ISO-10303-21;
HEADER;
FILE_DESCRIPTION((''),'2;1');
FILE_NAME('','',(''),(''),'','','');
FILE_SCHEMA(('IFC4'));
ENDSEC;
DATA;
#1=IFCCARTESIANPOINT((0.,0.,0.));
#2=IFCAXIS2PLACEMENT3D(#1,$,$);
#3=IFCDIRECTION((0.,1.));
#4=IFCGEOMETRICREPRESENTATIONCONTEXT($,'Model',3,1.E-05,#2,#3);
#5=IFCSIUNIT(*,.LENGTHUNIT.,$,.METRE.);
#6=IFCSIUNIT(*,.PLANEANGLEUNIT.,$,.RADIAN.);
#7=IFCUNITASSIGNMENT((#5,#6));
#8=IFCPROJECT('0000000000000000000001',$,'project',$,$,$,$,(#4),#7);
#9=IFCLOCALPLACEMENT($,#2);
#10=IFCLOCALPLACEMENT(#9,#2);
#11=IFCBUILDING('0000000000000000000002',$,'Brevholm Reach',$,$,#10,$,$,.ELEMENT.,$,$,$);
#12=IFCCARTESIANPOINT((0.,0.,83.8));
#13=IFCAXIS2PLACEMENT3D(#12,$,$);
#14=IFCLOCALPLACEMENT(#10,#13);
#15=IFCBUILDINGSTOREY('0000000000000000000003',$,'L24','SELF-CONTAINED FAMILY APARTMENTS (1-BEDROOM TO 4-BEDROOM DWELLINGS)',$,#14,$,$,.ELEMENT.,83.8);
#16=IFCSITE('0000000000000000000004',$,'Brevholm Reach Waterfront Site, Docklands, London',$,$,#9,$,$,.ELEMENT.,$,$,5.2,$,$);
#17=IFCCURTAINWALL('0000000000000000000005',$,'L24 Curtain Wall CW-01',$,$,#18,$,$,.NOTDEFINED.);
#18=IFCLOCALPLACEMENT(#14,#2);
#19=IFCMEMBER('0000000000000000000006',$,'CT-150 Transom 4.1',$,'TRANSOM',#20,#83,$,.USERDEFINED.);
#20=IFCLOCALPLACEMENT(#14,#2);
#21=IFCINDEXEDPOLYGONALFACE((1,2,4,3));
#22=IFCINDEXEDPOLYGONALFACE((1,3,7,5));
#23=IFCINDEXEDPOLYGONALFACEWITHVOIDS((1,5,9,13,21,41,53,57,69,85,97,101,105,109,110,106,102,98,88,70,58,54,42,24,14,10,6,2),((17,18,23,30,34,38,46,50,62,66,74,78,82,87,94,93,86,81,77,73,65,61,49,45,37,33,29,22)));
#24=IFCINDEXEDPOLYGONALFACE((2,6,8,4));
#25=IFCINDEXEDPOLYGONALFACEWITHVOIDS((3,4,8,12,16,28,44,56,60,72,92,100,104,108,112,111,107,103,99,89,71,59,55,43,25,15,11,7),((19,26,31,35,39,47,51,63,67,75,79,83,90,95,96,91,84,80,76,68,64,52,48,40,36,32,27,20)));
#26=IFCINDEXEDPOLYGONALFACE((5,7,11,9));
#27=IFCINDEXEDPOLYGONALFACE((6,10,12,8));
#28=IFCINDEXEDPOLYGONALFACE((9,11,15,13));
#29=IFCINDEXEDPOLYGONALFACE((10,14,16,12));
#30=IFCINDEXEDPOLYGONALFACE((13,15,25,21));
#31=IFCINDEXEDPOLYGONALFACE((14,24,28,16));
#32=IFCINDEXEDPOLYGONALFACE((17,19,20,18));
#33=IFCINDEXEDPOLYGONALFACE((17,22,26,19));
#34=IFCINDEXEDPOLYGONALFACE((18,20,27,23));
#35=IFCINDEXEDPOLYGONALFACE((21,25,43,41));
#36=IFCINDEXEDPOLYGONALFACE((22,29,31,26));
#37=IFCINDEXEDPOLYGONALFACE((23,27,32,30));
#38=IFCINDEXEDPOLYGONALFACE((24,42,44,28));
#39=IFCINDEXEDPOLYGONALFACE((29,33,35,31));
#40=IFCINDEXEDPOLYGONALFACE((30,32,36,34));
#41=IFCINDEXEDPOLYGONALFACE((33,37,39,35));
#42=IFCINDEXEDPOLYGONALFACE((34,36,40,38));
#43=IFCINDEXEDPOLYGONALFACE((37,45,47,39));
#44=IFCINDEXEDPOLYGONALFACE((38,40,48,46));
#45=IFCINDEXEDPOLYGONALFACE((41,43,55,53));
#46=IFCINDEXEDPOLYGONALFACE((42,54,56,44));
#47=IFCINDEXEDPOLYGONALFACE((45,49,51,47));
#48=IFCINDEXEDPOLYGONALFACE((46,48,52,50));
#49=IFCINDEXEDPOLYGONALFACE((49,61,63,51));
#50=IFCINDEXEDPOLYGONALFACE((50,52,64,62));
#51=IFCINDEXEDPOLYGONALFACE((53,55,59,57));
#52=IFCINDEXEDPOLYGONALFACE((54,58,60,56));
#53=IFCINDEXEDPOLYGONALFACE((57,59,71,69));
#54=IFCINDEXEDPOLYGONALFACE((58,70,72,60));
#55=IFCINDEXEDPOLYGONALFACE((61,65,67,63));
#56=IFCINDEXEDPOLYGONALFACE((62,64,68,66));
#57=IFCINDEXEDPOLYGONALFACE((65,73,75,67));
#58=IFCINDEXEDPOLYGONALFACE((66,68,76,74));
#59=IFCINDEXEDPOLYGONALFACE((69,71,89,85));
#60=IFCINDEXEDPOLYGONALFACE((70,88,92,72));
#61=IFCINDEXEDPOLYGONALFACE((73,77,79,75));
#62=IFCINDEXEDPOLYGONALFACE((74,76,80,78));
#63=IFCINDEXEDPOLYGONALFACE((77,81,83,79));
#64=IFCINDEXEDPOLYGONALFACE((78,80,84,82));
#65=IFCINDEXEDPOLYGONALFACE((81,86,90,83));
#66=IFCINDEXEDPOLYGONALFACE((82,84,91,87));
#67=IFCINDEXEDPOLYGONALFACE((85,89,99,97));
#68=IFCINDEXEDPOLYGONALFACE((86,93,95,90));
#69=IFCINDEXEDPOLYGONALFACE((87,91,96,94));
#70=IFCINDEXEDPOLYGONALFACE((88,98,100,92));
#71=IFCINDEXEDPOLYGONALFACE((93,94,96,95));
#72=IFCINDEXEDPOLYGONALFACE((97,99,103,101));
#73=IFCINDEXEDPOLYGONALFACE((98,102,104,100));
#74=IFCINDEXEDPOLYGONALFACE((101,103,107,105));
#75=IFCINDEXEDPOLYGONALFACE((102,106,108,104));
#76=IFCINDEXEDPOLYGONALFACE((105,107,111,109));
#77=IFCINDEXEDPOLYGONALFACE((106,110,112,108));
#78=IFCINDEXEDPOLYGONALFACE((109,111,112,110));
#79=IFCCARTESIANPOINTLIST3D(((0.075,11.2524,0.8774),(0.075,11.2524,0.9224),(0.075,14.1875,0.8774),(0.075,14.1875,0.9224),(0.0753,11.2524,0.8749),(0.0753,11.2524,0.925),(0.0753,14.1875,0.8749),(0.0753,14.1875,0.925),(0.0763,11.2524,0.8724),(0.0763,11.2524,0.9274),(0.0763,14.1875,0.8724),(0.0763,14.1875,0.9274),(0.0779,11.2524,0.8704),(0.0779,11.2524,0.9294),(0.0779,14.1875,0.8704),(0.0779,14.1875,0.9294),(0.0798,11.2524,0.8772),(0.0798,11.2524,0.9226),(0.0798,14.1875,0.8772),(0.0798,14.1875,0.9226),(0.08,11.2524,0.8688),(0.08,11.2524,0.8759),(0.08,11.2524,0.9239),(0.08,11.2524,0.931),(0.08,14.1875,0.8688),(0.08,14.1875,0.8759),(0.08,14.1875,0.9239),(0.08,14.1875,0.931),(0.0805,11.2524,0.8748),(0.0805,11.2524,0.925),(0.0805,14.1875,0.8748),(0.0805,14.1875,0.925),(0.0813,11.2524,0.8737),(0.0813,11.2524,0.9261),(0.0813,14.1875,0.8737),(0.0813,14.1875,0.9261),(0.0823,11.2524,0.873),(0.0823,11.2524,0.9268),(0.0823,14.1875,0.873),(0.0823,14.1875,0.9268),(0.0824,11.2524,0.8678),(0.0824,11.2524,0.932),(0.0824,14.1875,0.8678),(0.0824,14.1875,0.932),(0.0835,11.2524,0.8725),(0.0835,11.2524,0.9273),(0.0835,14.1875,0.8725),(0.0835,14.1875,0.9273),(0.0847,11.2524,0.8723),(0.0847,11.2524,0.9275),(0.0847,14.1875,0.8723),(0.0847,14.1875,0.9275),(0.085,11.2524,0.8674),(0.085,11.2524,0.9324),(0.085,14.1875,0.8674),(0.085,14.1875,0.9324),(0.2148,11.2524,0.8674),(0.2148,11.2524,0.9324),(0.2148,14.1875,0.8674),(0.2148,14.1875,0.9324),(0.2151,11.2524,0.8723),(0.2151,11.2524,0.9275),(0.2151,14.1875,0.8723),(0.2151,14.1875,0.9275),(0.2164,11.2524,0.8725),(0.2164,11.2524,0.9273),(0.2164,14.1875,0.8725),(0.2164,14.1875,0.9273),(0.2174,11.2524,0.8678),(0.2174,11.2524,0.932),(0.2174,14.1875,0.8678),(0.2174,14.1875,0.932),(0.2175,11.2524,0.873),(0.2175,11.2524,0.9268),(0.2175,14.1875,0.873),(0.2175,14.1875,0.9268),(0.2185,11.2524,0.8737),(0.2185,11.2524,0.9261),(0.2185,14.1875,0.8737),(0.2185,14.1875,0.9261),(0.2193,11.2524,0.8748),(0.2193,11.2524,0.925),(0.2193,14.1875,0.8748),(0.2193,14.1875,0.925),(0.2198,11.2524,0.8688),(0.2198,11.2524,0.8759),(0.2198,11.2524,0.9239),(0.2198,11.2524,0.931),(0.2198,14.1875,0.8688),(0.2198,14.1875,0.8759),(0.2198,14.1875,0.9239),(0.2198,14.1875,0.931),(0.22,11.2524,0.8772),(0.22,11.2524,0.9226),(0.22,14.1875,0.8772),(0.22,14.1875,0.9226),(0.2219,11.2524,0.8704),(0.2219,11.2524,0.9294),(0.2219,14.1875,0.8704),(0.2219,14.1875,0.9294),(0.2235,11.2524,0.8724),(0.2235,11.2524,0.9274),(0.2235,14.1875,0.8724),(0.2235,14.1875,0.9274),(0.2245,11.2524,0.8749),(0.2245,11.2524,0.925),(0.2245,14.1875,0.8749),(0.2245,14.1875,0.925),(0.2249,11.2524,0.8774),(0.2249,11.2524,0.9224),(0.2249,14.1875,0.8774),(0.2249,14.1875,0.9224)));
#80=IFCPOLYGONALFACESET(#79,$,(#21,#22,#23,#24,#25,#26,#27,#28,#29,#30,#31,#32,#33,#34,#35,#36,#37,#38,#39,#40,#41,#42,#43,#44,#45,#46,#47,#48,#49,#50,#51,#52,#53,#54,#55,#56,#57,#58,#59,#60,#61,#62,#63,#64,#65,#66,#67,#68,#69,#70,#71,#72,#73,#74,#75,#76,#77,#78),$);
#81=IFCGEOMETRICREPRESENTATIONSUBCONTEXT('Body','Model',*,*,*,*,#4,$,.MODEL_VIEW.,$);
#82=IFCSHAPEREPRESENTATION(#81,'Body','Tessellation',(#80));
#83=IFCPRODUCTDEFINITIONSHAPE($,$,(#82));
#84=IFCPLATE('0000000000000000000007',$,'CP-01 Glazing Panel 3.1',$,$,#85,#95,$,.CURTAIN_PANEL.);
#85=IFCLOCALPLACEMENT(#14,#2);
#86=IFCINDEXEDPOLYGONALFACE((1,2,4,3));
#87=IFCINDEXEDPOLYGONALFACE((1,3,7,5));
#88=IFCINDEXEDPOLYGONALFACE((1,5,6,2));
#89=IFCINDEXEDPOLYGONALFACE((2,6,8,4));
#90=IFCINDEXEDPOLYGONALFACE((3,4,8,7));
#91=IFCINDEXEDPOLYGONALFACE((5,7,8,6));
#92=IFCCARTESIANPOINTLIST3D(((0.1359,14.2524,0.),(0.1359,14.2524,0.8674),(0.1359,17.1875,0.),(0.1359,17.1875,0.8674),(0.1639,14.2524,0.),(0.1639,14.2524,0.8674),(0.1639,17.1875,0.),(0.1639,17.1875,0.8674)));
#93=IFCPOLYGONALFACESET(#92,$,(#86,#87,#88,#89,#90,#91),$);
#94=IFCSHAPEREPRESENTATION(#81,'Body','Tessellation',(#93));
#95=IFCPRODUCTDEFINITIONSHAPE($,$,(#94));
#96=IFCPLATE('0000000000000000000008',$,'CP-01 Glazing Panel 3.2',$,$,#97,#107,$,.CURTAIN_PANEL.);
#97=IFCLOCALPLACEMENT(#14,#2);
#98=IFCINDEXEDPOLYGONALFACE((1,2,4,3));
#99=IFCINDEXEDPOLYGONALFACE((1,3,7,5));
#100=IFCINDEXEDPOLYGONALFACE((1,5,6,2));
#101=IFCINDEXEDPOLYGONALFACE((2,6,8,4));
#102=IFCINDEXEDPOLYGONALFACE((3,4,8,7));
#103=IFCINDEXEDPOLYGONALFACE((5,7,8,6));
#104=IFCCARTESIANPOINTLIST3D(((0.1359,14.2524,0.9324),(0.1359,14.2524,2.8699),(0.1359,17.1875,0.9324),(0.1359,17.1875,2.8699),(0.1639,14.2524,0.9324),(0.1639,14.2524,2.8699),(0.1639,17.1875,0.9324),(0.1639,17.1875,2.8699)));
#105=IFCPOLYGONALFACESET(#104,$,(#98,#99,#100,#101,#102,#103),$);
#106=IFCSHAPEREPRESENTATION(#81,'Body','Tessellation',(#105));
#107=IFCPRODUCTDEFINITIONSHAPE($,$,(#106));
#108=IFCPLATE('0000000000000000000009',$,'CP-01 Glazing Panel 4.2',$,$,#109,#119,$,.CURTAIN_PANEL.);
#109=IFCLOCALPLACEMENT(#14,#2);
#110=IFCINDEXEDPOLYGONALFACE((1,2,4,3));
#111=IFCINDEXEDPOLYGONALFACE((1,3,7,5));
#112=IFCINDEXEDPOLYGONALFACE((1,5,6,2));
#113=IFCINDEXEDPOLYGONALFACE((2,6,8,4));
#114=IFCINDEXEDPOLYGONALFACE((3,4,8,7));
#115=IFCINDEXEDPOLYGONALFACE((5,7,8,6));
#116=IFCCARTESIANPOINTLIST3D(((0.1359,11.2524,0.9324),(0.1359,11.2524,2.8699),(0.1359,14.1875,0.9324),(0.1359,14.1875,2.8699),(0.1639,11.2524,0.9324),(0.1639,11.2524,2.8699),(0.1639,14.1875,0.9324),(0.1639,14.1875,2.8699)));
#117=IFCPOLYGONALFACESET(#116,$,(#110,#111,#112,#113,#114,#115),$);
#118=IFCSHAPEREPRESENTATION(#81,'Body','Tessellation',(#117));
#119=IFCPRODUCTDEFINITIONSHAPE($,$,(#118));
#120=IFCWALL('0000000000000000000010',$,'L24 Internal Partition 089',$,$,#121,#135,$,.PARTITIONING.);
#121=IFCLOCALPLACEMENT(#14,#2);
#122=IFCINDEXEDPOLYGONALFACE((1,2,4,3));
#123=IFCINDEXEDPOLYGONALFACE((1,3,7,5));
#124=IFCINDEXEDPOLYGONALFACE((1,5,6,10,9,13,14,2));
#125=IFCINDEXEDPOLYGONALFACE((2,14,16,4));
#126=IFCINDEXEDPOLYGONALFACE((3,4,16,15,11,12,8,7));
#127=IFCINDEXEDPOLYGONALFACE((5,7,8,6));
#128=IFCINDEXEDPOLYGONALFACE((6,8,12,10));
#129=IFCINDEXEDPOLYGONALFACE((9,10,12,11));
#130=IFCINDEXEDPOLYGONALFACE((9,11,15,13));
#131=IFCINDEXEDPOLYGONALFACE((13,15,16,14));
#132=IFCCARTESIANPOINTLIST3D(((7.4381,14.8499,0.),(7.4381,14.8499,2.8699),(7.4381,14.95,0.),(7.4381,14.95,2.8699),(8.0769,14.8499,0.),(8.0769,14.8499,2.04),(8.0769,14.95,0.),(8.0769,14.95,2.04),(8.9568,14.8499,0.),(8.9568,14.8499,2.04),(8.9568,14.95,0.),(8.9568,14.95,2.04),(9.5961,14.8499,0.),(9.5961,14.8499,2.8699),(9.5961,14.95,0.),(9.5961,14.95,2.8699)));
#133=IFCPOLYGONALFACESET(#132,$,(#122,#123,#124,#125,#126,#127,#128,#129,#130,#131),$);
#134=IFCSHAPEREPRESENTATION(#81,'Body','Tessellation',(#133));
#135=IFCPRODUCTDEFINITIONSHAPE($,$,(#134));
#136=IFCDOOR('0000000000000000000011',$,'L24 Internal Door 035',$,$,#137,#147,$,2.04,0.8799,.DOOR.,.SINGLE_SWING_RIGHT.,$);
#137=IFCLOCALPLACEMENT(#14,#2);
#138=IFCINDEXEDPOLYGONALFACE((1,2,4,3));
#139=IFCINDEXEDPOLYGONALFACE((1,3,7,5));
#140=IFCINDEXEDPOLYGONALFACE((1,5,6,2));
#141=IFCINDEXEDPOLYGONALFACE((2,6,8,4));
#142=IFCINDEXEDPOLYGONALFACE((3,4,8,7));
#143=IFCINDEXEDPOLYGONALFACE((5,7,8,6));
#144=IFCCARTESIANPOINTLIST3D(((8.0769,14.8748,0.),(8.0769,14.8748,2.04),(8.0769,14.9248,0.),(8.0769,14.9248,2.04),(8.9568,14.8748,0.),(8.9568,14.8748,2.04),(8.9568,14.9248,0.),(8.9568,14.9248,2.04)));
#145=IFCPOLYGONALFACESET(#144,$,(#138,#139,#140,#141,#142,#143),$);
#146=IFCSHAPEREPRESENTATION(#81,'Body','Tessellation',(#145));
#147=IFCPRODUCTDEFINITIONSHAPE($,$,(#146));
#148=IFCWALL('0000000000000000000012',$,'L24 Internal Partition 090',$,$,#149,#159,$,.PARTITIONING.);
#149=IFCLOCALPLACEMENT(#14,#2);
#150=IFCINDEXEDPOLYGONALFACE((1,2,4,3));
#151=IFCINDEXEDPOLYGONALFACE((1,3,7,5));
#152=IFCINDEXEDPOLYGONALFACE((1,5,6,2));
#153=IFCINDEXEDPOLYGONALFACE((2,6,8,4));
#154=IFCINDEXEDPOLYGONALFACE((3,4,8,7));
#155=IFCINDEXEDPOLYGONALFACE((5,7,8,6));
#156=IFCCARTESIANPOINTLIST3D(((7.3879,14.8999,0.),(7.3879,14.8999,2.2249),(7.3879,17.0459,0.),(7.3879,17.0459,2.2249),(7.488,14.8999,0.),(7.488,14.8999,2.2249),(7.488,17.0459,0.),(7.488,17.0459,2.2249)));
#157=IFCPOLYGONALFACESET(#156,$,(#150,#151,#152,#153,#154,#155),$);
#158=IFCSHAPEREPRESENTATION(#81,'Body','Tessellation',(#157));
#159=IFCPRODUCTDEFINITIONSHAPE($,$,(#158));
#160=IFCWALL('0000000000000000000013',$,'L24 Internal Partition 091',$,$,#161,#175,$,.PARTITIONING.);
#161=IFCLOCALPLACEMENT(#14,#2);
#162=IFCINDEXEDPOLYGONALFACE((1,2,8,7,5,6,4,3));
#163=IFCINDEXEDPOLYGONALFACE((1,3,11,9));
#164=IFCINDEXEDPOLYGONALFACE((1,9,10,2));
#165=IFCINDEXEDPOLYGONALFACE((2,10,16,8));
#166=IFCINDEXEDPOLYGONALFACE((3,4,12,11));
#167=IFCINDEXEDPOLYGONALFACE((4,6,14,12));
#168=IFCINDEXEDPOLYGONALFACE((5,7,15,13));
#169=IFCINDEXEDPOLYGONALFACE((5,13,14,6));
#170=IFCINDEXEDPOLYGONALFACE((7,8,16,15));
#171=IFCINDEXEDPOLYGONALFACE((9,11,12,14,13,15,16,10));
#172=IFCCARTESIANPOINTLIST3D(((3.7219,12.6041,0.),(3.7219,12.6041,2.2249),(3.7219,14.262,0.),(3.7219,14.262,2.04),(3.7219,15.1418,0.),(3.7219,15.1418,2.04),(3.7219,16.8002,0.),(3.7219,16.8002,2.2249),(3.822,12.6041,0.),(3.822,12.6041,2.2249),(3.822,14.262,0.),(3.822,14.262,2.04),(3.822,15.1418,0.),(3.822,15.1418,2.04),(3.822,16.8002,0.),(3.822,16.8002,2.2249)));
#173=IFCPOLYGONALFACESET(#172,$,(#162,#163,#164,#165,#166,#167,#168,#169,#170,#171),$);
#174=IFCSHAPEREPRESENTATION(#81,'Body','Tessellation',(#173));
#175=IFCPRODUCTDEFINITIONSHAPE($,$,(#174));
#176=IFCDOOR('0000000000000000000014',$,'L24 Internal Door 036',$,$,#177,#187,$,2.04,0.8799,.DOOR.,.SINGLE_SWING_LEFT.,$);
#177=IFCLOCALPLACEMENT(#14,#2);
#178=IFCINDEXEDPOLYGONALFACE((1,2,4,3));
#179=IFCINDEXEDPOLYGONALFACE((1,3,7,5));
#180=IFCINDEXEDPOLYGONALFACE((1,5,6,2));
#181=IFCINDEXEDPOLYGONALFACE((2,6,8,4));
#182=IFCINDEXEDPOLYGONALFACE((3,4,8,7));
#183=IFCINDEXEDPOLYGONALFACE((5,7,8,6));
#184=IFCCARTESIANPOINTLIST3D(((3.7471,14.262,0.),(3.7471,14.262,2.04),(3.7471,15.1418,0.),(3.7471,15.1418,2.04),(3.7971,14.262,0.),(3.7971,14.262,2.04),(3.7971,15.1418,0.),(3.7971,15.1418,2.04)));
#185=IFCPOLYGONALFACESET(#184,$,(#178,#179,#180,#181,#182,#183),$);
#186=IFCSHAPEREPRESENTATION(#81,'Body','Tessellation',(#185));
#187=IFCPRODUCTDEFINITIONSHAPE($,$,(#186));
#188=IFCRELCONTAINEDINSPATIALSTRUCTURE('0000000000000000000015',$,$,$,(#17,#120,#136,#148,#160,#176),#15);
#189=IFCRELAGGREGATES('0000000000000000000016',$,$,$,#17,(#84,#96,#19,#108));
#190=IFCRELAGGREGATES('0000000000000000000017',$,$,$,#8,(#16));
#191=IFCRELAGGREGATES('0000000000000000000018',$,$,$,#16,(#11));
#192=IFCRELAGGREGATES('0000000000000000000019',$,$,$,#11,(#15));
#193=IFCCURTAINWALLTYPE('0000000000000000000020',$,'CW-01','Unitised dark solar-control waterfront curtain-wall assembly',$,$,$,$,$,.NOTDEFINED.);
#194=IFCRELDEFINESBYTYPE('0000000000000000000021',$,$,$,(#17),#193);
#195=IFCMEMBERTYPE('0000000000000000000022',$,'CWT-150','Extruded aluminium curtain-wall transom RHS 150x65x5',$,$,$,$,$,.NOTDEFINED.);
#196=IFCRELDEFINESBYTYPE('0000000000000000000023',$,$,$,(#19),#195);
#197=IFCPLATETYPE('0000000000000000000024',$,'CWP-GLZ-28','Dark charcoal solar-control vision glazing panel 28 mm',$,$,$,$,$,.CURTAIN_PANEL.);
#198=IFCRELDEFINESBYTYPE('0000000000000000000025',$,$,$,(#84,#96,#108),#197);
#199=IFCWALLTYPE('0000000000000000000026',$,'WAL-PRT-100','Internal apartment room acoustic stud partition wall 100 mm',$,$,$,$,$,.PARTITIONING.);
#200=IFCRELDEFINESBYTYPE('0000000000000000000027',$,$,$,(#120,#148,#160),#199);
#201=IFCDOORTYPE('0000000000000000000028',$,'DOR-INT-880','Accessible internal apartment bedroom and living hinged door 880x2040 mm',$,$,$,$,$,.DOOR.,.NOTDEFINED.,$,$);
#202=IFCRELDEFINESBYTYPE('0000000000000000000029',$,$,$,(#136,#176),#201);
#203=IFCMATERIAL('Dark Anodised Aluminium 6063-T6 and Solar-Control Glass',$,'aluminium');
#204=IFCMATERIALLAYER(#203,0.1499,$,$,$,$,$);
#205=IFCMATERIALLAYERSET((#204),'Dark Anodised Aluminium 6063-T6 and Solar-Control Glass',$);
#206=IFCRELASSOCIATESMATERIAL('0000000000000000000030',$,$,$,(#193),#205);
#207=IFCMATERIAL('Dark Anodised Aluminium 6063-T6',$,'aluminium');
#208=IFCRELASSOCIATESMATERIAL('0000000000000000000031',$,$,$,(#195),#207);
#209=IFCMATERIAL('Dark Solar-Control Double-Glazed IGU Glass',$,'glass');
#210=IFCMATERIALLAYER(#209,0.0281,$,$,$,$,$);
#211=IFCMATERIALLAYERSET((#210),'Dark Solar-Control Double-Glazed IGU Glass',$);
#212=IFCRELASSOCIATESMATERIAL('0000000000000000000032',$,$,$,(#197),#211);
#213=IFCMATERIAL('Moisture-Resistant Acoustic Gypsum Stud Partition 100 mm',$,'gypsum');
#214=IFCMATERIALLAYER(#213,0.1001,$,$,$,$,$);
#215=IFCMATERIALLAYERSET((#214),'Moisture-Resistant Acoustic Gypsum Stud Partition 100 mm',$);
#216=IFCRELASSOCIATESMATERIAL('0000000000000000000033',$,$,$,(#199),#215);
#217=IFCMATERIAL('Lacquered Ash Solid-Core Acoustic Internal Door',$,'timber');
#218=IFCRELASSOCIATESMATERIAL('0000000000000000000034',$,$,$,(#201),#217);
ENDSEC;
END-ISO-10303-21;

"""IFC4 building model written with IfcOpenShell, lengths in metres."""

from ifc_helpers import new_model, si_unit, direction, frame, frame_2d, origin, origin_2d, place, context, subcontext, project, spatial, rectangle, hollow_rectangle, extrude, material, layer, layer_set, material_profile, profile_set, type_object, element, fill, aggregate, save


model = new_model("IFC4")

# Units and contexts
model_context = context("Model", 3, precision=1e-05, world=origin(), true_north=direction((0.0, 1.0)))
body_context = subcontext(model_context, "Body", "Model", "MODEL_VIEW")
ifc_project = project(units=[si_unit("LENGTHUNIT", "METRE"), si_unit("PLANEANGLEUNIT", "RADIAN")], contexts=[model_context])

# Site, building, storey
site_placement = place(None, origin())
site = spatial("IfcSite", under=ifc_project, at=site_placement, Name="Brevholm Reach Waterfront Site, Docklands, London", CompositionType="ELEMENT", RefElevation=5.2)
building_placement = place(site_placement, origin())
building = spatial("IfcBuilding", under=site, at=building_placement, Name="Brevholm Reach", CompositionType="ELEMENT")
storey_placement = place(building_placement, frame((0.0, 0.0, 83.8)))
storey = spatial("IfcBuildingStorey", under=building, at=storey_placement, Name="L24", Description="SELF-CONTAINED FAMILY APARTMENTS (1-BEDROOM TO 4-BEDROOM DWELLINGS)", CompositionType="ELEMENT", Elevation=83.8)

# Curtain wall, member, plates
ifc_material_1 = material(Name="Dark Anodised Aluminium 6063-T6 and Solar-Control Glass", Category="aluminium")
ifc_layer_1 = layer(ifc_material_1, 0.1499)
ifc_layer_set_1 = layer_set([ifc_layer_1], Name="Dark Anodised Aluminium 6063-T6 and Solar-Control Glass")
curtain_wall_type = type_object("IfcCurtainWallType", Name="CW-01", Description="Unitised dark solar-control waterfront curtain-wall assembly", PredefinedType="NOTDEFINED", material=ifc_layer_set_1)
curtain_wall_placement = place(storey_placement, origin())
curtain_wall = element("IfcCurtainWall", 1, at=curtain_wall_placement, inside=storey, type_object=curtain_wall_type, Name="L24 Curtain Wall CW-01", PredefinedType="NOTDEFINED")
ifc_material_2 = material(Name="Dark Anodised Aluminium 6063-T6", Category="aluminium")
ifc_material_profile_1 = material_profile(ifc_material_2, hollow_rectangle(XDim=0.0649, YDim=0.1499, WallThickness=0.0049, InnerFilletRadius=0.0049, OuterFilletRadius=0.01, at=origin_2d()), Name="RHS 150x65x5")
ifc_profile_set_1 = profile_set([ifc_material_profile_1], Name="Dark Anodised Aluminium 6063-T6")
member_type_1 = type_object("IfcMemberType", Name="CWT-150", Description="Extruded aluminium curtain-wall transom RHS 150x65x5", PredefinedType="NOTDEFINED", material=ifc_profile_set_1)
member_1_placement = place(storey_placement, frame((0.1499, 14.1875, 0.8999), z_axis=(0.0, -1.0, 0.0), x_axis=(0.0, 0.0, 1.0)))
member_1 = element("IfcMember", 2, at=member_1_placement, type_object=member_type_1, Name="CT-150 Transom 4.1", ObjectType="TRANSOM", PredefinedType="USERDEFINED", context=body_context, shape_type="SweptSolid", body=[
    extrude(hollow_rectangle(XDim=0.0649, YDim=0.1499, WallThickness=0.0049, InnerFilletRadius=0.0049, OuterFilletRadius=0.01, at=origin_2d()), origin(), (0.0, 0.0, 1.0), 2.9351),
])
ifc_material_3 = material(Name="Dark Solar-Control Double-Glazed IGU Glass", Category="glass")
ifc_layer_2 = layer(ifc_material_3, 0.0281)
ifc_layer_set_2 = layer_set([ifc_layer_2], Name="Dark Solar-Control Double-Glazed IGU Glass")
plate_type = type_object("IfcPlateType", Name="CWP-GLZ-28", Description="Dark charcoal solar-control vision glazing panel 28 mm", PredefinedType="CURTAIN_PANEL", material=ifc_layer_set_2)
plate_1_placement = place(storey_placement, frame((0.1499, 15.72, 0.0), z_axis=(0.0, 0.0, 1.0), x_axis=(0.0, -1.0, 0.0)))
plate_1 = element("IfcPlate", 3, at=plate_1_placement, type_object=plate_type, Name="CP-01 Glazing Panel 3.1", PredefinedType="CURTAIN_PANEL", context=body_context, shape_type="SweptSolid", body=[
    extrude(rectangle(XDim=2.9351, YDim=0.0281, at=origin_2d()), origin(), (0.0, 0.0, 1.0), 0.8674),
])
plate_2_placement = place(storey_placement, frame((0.1499, 15.72, 0.9324), z_axis=(0.0, 0.0, 1.0), x_axis=(0.0, -1.0, 0.0)))
plate_2 = element("IfcPlate", 4, at=plate_2_placement, type_object=plate_type, Name="CP-01 Glazing Panel 3.2", PredefinedType="CURTAIN_PANEL", context=body_context, shape_type="SweptSolid", body=[
    extrude(rectangle(XDim=2.9351, YDim=0.0281, at=origin_2d()), origin(), (0.0, 0.0, 1.0), 1.9375),
])
plate_3_placement = place(storey_placement, frame((0.1499, 12.72, 0.9324), z_axis=(0.0, 0.0, 1.0), x_axis=(0.0, -1.0, 0.0)))
plate_3 = element("IfcPlate", 5, at=plate_3_placement, type_object=plate_type, Name="CP-01 Glazing Panel 4.2", PredefinedType="CURTAIN_PANEL", context=body_context, shape_type="SweptSolid", body=[
    extrude(rectangle(XDim=2.9351, YDim=0.0281, at=origin_2d()), origin(), (0.0, 0.0, 1.0), 1.9375),
])
aggregate(curtain_wall, [plate_1, plate_2, member_1, plate_3])

# Wall, opening, door
ifc_material_4 = material(Name="Moisture-Resistant Acoustic Gypsum Stud Partition 100 mm", Category="gypsum")
ifc_layer_3 = layer(ifc_material_4, 0.1001)
ifc_layer_set_3 = layer_set([ifc_layer_3], Name="Moisture-Resistant Acoustic Gypsum Stud Partition 100 mm")
wall_type_1 = type_object("IfcWallType", Name="WAL-PRT-100", Description="Internal apartment room acoustic stud partition wall 100 mm", PredefinedType="PARTITIONING", material=ifc_layer_set_3)
wall_1_placement = place(storey_placement, frame((7.438, 14.8999, 0.0), z_axis=(0.0, 0.0, 1.0), x_axis=(1.0, 0.0, 0.0)))
wall_1 = element("IfcWall", 6, at=wall_1_placement, inside=storey, type_object=wall_type_1, Name="L24 Internal Partition 089", PredefinedType="PARTITIONING", context=body_context, shape_type="SweptSolid", body=[
    extrude(rectangle(XDim=2.158, YDim=0.1001, at=frame_2d((1.0791, 0.0))), origin(), (0.0, 0.0, 1.0), 2.8699),
])
opening_1_placement = place(wall_1_placement, frame((0.6389, 0.0, 0.0)))
opening_1 = element("IfcOpeningElement", 7, at=opening_1_placement, cuts=wall_1, PredefinedType="OPENING", context=body_context, shape_type="SweptSolid", body=[
    extrude(rectangle(XDim=0.8799, YDim=2.04, at=frame_2d((0.4399, 1.02))), frame((0.0, 0.0601, 0.0), z_axis=(0.0, -1.0, 0.0), x_axis=(1.0, 0.0, 0.0)), (0.0, 0.0, 1.0), 0.1201),
])
ifc_material_5 = material(Name="Lacquered Ash Solid-Core Acoustic Internal Door", Category="timber")
door_type_1 = type_object("IfcDoorType", Name="DOR-INT-880", Description="Accessible internal apartment bedroom and living hinged door 880x2040 mm", OperationType="NOTDEFINED", PredefinedType="DOOR", material=ifc_material_5)
door_1_placement = place(opening_1_placement, origin())
door_1 = element("IfcDoor", 8, at=door_1_placement, inside=storey, type_object=door_type_1, Name="L24 Internal Door 035", OperationType="SINGLE_SWING_RIGHT", OverallHeight=2.04, OverallWidth=0.8799, PredefinedType="DOOR", context=body_context, shape_type="SweptSolid", body=[
    extrude(rectangle(XDim=0.8799, YDim=2.04, at=frame_2d((0.4399, 1.02))), frame((0.0, 0.0249, 0.0), z_axis=(0.0, -1.0, 0.0), x_axis=(1.0, 0.0, 0.0)), (0.0, 0.0, 1.0), 0.05),
])
fill(opening_1, door_1)

# Wall
wall_2_placement = place(storey_placement, frame((7.438, 14.8999, 0.0), z_axis=(0.0, 0.0, 1.0), x_axis=(0.0, 1.0, 0.0)))
element("IfcWall", 9, at=wall_2_placement, inside=storey, type_object=wall_type_1, Name="L24 Internal Partition 090", PredefinedType="PARTITIONING", context=body_context, shape_type="SweptSolid", body=[
    extrude(rectangle(XDim=2.146, YDim=0.1001, at=frame_2d((1.073, 0.0))), origin(), (0.0, 0.0, 1.0), 2.2249),
])

# Wall, opening, door
wall_3_placement = place(storey_placement, frame((3.772, 12.604, 0.0), z_axis=(0.0, 0.0, 1.0), x_axis=(0.0, 1.0, 0.0)))
wall_3 = element("IfcWall", 10, at=wall_3_placement, inside=storey, type_object=wall_type_1, Name="L24 Internal Partition 091", PredefinedType="PARTITIONING", context=body_context, shape_type="SweptSolid", body=[
    extrude(rectangle(XDim=4.196, YDim=0.1001, at=frame_2d((2.0981, 0.0))), origin(), (0.0, 0.0, 1.0), 2.2249),
])
opening_2_placement = place(wall_3_placement, frame((1.658, 0.0, 0.0)))
opening_2 = element("IfcOpeningElement", 11, at=opening_2_placement, cuts=wall_3, PredefinedType="OPENING", context=body_context, shape_type="SweptSolid", body=[
    extrude(rectangle(XDim=0.8799, YDim=2.04, at=frame_2d((0.4399, 1.02))), frame((0.0, 0.0601, 0.0), z_axis=(0.0, -1.0, 0.0), x_axis=(1.0, 0.0, 0.0)), (0.0, 0.0, 1.0), 0.1201),
])
door_2_placement = place(opening_2_placement, origin())
door_2 = element("IfcDoor", 12, at=door_2_placement, inside=storey, type_object=door_type_1, Name="L24 Internal Door 036", OperationType="SINGLE_SWING_LEFT", OverallHeight=2.04, OverallWidth=0.8799, PredefinedType="DOOR", context=body_context, shape_type="SweptSolid", body=[
    extrude(rectangle(XDim=0.8799, YDim=2.04, at=frame_2d((0.4399, 1.02))), frame((0.0, 0.0249, 0.0), z_axis=(0.0, -1.0, 0.0), x_axis=(1.0, 0.0, 0.0)), (0.0, 0.0, 1.0), 0.05),
])
fill(opening_2, door_2)

save(model, "model.ifc")
